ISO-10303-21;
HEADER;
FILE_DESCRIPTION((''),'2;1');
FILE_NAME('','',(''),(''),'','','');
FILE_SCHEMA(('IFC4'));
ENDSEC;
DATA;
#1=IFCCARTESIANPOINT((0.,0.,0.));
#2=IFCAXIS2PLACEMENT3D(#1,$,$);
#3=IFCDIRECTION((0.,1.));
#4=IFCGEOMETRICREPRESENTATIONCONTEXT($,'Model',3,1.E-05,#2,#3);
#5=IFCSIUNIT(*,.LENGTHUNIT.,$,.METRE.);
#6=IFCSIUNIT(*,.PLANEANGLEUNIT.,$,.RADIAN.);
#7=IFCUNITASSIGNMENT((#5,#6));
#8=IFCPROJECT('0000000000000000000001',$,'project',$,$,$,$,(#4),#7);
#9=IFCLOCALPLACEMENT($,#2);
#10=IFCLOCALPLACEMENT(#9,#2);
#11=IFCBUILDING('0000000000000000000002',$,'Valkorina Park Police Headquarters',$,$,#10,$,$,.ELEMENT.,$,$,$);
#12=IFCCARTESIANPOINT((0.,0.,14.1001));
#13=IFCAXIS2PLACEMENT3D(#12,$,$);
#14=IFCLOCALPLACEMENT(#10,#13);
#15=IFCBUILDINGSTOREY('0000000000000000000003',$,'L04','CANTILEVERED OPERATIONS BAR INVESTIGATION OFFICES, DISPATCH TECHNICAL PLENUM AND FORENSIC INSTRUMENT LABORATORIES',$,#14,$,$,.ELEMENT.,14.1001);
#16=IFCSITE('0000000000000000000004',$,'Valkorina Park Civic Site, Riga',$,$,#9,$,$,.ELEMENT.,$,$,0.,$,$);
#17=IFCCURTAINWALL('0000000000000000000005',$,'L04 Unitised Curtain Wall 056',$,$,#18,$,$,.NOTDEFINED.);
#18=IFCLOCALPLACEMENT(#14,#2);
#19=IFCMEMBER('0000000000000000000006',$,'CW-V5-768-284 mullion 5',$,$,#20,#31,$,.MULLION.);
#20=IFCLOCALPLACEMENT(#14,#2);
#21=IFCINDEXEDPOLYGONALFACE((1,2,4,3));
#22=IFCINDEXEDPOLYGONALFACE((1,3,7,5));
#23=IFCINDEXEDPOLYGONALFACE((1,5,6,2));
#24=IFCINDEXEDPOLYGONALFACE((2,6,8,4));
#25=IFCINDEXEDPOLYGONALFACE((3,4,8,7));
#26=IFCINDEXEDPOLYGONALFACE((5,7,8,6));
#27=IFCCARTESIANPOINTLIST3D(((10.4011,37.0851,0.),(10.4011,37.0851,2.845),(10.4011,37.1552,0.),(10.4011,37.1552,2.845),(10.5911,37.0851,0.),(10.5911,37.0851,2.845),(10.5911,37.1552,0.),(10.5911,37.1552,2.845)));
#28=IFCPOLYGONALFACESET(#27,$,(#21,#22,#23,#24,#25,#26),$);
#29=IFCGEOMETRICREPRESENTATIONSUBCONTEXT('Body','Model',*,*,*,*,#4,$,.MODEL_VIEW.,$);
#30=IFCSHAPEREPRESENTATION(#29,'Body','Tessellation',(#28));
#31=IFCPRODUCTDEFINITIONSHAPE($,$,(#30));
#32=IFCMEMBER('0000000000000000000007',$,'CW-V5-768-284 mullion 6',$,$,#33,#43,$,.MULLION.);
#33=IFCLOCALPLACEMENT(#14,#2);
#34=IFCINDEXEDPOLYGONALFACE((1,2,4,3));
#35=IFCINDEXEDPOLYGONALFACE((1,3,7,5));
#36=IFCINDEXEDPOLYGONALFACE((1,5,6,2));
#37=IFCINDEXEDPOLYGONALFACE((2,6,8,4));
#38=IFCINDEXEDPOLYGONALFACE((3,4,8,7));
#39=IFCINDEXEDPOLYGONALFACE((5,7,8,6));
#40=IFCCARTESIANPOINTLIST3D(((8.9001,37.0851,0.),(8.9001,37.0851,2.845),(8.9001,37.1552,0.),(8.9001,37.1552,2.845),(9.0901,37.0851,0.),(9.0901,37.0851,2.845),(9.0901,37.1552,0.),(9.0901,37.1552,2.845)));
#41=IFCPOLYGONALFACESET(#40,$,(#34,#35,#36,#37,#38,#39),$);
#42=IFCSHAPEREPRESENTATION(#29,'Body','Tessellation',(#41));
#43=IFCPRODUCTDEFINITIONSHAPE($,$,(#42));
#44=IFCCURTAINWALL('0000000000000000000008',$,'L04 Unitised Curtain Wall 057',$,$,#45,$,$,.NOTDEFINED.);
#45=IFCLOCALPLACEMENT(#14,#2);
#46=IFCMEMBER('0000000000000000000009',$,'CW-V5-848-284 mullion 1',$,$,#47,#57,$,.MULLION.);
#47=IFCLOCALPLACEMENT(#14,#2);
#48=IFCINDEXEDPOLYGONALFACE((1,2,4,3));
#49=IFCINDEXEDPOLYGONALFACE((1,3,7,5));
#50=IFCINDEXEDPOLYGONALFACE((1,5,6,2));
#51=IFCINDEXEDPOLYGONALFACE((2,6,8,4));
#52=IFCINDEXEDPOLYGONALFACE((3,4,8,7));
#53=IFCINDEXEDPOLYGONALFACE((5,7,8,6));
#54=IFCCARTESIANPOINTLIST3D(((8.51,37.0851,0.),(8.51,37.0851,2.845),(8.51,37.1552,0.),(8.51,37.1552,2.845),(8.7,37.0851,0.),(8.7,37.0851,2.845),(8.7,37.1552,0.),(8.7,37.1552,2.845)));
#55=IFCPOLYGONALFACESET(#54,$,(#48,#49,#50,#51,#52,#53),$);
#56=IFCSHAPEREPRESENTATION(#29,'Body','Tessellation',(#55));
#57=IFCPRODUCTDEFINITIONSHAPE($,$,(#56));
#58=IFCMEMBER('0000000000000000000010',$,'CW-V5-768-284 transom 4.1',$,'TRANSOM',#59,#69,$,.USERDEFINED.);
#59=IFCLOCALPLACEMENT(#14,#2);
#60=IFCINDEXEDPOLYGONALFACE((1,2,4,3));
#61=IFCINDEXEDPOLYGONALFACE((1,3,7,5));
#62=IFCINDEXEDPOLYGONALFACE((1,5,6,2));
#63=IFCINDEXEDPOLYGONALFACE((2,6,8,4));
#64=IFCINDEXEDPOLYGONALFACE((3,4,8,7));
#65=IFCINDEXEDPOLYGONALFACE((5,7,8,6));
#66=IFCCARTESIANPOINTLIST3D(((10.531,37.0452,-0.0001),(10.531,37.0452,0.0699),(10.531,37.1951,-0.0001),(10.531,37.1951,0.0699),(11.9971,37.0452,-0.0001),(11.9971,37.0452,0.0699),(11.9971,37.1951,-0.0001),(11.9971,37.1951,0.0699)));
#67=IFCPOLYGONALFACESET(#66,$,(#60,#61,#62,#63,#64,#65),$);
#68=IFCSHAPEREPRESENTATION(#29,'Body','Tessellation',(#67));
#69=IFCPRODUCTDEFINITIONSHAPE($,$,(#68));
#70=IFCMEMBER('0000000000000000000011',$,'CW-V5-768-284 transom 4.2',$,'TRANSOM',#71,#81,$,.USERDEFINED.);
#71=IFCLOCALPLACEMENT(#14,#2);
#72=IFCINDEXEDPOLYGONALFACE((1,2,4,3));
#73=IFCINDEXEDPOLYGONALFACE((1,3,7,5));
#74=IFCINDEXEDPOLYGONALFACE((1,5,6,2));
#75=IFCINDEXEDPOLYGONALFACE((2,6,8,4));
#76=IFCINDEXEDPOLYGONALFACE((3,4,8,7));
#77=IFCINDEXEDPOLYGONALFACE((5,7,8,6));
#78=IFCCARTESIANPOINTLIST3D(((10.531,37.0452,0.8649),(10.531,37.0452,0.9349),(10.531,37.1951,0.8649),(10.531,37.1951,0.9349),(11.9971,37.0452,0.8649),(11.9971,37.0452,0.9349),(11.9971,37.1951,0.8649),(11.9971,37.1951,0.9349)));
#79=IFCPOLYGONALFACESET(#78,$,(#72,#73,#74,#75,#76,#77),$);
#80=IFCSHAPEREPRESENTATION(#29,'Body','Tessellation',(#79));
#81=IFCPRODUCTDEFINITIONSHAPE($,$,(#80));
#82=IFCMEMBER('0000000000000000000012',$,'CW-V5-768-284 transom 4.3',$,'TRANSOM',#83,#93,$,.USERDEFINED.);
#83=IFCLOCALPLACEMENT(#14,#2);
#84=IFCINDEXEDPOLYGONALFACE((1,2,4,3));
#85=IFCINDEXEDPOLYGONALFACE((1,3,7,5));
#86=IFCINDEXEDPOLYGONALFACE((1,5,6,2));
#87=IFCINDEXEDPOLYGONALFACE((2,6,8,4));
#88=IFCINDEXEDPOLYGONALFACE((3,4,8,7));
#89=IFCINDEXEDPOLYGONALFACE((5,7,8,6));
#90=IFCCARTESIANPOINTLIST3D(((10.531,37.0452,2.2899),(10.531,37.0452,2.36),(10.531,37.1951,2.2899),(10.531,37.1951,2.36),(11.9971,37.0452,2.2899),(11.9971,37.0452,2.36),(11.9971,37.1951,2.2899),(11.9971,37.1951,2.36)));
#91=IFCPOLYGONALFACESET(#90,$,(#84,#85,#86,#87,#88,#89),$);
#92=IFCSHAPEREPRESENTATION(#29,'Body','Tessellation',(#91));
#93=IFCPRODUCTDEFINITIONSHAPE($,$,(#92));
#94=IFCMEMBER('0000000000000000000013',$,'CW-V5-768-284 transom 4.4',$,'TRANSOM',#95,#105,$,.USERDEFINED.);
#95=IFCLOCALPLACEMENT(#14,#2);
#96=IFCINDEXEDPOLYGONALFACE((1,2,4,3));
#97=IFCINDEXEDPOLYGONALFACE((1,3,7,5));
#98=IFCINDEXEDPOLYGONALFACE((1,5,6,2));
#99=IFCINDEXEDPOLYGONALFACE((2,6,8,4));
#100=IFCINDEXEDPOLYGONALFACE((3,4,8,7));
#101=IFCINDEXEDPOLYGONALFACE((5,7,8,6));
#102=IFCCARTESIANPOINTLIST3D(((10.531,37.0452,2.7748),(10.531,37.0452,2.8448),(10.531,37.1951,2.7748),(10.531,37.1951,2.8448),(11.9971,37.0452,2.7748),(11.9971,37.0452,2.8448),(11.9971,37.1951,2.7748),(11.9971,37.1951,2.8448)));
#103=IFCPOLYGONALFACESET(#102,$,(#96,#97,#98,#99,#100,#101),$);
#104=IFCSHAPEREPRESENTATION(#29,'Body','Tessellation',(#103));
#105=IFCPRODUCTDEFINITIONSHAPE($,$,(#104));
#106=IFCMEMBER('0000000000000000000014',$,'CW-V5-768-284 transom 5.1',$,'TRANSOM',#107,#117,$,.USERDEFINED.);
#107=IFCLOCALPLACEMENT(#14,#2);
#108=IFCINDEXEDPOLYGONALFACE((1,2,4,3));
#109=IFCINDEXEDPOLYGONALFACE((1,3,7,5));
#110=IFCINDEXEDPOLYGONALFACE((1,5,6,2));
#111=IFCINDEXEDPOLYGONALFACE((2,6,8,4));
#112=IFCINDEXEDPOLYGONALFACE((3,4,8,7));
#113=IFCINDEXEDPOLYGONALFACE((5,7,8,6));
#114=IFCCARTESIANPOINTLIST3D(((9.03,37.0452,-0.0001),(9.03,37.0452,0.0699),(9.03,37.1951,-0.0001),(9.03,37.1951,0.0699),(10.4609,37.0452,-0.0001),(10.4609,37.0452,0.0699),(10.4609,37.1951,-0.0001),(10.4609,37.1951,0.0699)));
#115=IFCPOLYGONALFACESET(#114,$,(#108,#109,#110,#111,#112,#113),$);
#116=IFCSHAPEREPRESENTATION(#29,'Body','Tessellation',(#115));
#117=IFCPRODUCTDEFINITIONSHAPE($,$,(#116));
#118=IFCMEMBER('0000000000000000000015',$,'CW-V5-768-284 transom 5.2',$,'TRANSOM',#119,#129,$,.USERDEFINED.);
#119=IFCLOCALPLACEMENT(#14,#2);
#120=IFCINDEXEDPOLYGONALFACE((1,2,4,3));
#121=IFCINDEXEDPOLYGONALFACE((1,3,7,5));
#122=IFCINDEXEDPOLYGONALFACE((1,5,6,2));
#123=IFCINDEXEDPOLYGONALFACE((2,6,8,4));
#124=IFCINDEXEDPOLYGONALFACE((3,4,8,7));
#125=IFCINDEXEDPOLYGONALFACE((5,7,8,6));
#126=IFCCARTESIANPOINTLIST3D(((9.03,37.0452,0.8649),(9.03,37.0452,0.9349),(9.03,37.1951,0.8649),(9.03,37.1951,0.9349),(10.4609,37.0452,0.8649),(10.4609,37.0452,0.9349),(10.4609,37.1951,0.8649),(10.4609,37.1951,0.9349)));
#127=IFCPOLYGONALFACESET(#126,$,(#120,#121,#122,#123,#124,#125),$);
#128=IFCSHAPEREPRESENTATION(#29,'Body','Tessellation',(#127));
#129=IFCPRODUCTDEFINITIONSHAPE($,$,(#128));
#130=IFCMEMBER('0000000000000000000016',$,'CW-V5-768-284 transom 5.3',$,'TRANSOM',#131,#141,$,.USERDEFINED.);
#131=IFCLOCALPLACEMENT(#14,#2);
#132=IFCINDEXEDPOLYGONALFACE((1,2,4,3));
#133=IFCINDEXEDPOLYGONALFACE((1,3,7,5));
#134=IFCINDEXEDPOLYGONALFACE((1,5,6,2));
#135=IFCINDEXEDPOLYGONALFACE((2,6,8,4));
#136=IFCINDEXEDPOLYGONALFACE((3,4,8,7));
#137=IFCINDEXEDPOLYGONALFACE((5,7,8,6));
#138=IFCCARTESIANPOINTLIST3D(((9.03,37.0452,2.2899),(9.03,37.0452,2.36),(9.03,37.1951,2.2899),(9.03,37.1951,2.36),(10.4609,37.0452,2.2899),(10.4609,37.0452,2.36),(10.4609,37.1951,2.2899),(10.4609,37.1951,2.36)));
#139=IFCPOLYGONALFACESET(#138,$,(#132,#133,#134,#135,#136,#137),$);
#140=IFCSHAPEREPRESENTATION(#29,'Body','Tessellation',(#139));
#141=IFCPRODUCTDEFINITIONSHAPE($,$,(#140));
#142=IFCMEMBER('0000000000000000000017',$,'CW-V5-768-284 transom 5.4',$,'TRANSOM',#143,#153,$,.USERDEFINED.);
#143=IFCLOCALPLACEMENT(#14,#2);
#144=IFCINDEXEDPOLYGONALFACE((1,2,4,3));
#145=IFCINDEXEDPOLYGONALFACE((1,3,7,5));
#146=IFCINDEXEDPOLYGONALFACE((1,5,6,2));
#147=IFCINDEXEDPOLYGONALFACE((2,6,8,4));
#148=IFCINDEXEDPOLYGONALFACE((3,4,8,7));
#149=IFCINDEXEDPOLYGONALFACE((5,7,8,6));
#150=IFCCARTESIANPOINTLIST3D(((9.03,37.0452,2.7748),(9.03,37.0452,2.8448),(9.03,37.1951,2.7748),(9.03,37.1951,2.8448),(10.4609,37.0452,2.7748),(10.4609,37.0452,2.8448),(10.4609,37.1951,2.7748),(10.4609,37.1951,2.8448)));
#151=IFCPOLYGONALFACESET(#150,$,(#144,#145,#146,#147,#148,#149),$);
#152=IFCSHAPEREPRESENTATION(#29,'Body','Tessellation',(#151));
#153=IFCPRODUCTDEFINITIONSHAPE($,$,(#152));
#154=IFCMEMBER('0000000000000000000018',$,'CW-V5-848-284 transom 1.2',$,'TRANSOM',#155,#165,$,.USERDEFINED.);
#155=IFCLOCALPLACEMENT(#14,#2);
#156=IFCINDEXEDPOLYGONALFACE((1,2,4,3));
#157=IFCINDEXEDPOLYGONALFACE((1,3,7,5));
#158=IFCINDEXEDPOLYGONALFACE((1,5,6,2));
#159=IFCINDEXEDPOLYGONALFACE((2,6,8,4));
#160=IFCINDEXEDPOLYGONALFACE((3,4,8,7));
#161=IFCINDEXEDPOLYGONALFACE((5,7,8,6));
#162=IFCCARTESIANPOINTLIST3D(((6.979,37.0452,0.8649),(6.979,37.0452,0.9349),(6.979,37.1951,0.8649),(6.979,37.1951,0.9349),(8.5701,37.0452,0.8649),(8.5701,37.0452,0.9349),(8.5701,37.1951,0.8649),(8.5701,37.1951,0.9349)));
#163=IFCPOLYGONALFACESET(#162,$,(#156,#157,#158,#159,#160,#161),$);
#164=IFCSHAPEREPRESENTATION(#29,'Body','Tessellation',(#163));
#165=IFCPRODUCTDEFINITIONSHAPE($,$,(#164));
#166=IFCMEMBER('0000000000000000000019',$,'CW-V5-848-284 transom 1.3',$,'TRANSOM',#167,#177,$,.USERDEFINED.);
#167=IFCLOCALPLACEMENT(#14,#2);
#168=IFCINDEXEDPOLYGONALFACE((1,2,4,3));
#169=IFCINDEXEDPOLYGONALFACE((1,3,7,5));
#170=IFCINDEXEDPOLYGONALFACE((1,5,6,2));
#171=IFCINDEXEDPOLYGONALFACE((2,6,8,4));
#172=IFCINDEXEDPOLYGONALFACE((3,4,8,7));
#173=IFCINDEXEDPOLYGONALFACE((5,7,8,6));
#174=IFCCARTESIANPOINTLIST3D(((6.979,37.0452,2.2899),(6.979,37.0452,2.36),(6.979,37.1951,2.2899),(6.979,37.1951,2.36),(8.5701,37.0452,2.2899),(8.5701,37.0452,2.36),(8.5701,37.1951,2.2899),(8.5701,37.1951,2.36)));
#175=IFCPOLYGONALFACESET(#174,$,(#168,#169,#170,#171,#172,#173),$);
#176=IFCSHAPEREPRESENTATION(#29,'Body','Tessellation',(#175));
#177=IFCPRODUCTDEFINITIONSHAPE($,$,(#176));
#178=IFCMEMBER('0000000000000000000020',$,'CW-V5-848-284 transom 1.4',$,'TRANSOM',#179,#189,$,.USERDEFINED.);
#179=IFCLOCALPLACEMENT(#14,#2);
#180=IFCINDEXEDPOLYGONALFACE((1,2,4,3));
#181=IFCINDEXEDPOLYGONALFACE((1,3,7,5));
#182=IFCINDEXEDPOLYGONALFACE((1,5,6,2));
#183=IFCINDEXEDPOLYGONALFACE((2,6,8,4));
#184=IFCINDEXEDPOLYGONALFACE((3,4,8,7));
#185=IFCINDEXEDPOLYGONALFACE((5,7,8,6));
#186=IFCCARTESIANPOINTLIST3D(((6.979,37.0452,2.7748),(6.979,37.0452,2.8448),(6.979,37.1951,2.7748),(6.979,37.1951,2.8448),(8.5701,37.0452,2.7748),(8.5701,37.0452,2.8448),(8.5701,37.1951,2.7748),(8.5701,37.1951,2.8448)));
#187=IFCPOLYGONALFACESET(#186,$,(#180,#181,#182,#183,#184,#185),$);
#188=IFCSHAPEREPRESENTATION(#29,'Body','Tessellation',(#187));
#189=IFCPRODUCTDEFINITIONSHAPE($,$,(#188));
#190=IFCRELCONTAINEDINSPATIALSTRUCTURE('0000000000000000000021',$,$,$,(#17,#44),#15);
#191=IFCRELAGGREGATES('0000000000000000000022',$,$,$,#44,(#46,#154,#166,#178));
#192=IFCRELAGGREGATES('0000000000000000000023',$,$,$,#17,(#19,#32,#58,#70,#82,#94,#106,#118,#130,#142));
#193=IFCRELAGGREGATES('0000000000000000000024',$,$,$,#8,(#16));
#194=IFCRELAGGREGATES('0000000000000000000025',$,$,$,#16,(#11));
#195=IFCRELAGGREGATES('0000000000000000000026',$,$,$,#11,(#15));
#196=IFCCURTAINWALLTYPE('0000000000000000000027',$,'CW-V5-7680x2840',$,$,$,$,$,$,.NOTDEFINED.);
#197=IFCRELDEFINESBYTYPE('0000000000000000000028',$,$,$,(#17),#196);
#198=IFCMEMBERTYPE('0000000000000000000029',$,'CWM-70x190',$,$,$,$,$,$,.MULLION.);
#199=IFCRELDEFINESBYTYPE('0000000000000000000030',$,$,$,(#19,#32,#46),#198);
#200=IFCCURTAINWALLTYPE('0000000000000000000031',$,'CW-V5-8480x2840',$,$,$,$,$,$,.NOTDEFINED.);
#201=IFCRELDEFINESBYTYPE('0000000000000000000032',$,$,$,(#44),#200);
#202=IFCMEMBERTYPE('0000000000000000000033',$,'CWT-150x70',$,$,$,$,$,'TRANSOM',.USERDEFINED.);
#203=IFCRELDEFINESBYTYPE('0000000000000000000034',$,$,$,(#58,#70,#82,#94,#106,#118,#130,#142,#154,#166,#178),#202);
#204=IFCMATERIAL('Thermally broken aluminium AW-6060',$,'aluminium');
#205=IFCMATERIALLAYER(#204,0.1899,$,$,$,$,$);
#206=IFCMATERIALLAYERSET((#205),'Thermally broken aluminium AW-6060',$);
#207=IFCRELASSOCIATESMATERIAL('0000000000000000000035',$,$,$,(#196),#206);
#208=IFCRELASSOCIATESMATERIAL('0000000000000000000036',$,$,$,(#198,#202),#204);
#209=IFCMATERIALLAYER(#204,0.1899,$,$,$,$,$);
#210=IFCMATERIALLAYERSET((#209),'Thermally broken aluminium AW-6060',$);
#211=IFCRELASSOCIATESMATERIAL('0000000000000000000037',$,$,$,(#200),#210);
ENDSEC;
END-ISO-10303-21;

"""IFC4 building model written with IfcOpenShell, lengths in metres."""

from ifc_helpers import new_model, si_unit, direction, frame, origin, origin_2d, place, context, subcontext, project, spatial, rectangle, extrude, material, layer, layer_set, material_profile, profile_set, type_object, element, aggregate, save


model = new_model("IFC4")

# Units and contexts
model_context = context("Model", 3, precision=1e-05, world=origin(), true_north=direction((0.0, 1.0)))
body_context = subcontext(model_context, "Body", "Model", "MODEL_VIEW")
ifc_project = project(units=[si_unit("LENGTHUNIT", "METRE"), si_unit("PLANEANGLEUNIT", "RADIAN")], contexts=[model_context])

# Site, building, storey
site_placement = place(None, origin())
site = spatial("IfcSite", under=ifc_project, at=site_placement, Name="Valkorina Park Civic Site, Riga", CompositionType="ELEMENT", RefElevation=0.0)
building_placement = place(site_placement, origin())
building = spatial("IfcBuilding", under=site, at=building_placement, Name="Valkorina Park Police Headquarters", CompositionType="ELEMENT")
storey_placement = place(building_placement, frame((0.0, 0.0, 14.1001)))
storey = spatial("IfcBuildingStorey", under=building, at=storey_placement, Name="L04", Description="CANTILEVERED OPERATIONS BAR INVESTIGATION OFFICES, DISPATCH TECHNICAL PLENUM AND FORENSIC INSTRUMENT LABORATORIES", CompositionType="ELEMENT", Elevation=14.1001)

# Curtain wall, members
ifc_material_1 = material(Name="Thermally broken aluminium AW-6060", Category="aluminium")
ifc_layer_1 = layer(ifc_material_1, 0.1899)
ifc_layer_set_1 = layer_set([ifc_layer_1], Name="Thermally broken aluminium AW-6060")
curtain_wall_type_1 = type_object("IfcCurtainWallType", Name="CW-V5-7680x2840", PredefinedType="NOTDEFINED", material=ifc_layer_set_1)
curtain_wall_1_placement = place(storey_placement, origin())
curtain_wall_1 = element("IfcCurtainWall", 1, at=curtain_wall_1_placement, inside=storey, type_object=curtain_wall_type_1, Name="L04 Unitised Curtain Wall 056", PredefinedType="NOTDEFINED")
ifc_material_profile_1 = material_profile(ifc_material_1, rectangle(XDim=0.0701, YDim=0.1899, at=origin_2d()), Name="CWM-02 70x190")
ifc_profile_set_1 = profile_set([ifc_material_profile_1], Name="Thermally broken aluminium AW-6060")
member_type_1 = type_object("IfcMemberType", Name="CWM-70x190", PredefinedType="MULLION", material=ifc_profile_set_1)
member_1_placement = place(storey_placement, frame((10.4961, 37.1201, 0.0), z_axis=(0.0, 0.0, 1.0), x_axis=(0.0, -1.0, 0.0)))
member_1 = element("IfcMember", 2, at=member_1_placement, type_object=member_type_1, Name="CW-V5-768-284 mullion 5", PredefinedType="MULLION", context=body_context, shape_type="SweptSolid", body=[
    extrude(rectangle(XDim=0.0701, YDim=0.1899, at=origin_2d()), origin(), (0.0, 0.0, 1.0), 2.845),
])
member_2_placement = place(storey_placement, frame((8.9951, 37.1201, 0.0), z_axis=(0.0, 0.0, 1.0), x_axis=(0.0, -1.0, 0.0)))
member_2 = element("IfcMember", 3, at=member_2_placement, type_object=member_type_1, Name="CW-V5-768-284 mullion 6", PredefinedType="MULLION", context=body_context, shape_type="SweptSolid", body=[
    extrude(rectangle(XDim=0.0701, YDim=0.1899, at=origin_2d()), origin(), (0.0, 0.0, 1.0), 2.845),
])

# Curtain wall, member
ifc_layer_2 = layer(ifc_material_1, 0.1899)
ifc_layer_set_2 = layer_set([ifc_layer_2], Name="Thermally broken aluminium AW-6060")
curtain_wall_type_2 = type_object("IfcCurtainWallType", Name="CW-V5-8480x2840", PredefinedType="NOTDEFINED", material=ifc_layer_set_2)
curtain_wall_2_placement = place(storey_placement, origin())
curtain_wall_2 = element("IfcCurtainWall", 4, at=curtain_wall_2_placement, inside=storey, type_object=curtain_wall_type_2, Name="L04 Unitised Curtain Wall 057", PredefinedType="NOTDEFINED")
member_3_placement = place(storey_placement, frame((8.605, 37.1201, 0.0), z_axis=(0.0, 0.0, 1.0), x_axis=(0.0, -1.0, 0.0)))
member_3 = element("IfcMember", 5, at=member_3_placement, type_object=member_type_1, Name="CW-V5-848-284 mullion 1", PredefinedType="MULLION", context=body_context, shape_type="SweptSolid", body=[
    extrude(rectangle(XDim=0.0701, YDim=0.1899, at=origin_2d()), origin(), (0.0, 0.0, 1.0), 2.845),
])

# Members
ifc_material_profile_2 = material_profile(ifc_material_1, rectangle(XDim=0.1499, YDim=0.0701, at=origin_2d()), Name="CWT-02 150x70")
ifc_profile_set_2 = profile_set([ifc_material_profile_2], Name="Thermally broken aluminium AW-6060")
member_type_2 = type_object("IfcMemberType", Name="CWT-150x70", ElementType="TRANSOM", PredefinedType="USERDEFINED", material=ifc_profile_set_2)
member_4_placement = place(storey_placement, frame((11.9971, 37.1201, 0.0349), z_axis=(-1.0, 0.0, 0.0), x_axis=(0.0, -1.0, 0.0)))
member_4 = element("IfcMember", 6, at=member_4_placement, type_object=member_type_2, Name="CW-V5-768-284 transom 4.1", ObjectType="TRANSOM", PredefinedType="USERDEFINED", context=body_context, shape_type="SweptSolid", body=[
    extrude(rectangle(XDim=0.1499, YDim=0.0701, at=origin_2d()), origin(), (0.0, 0.0, 1.0), 1.4661),
])
member_5_placement = place(storey_placement, frame((11.9971, 37.1201, 0.8999), z_axis=(-1.0, 0.0, 0.0), x_axis=(0.0, -1.0, 0.0)))
member_5 = element("IfcMember", 7, at=member_5_placement, type_object=member_type_2, Name="CW-V5-768-284 transom 4.2", ObjectType="TRANSOM", PredefinedType="USERDEFINED", context=body_context, shape_type="SweptSolid", body=[
    extrude(rectangle(XDim=0.1499, YDim=0.0701, at=origin_2d()), origin(), (0.0, 0.0, 1.0), 1.4661),
])
member_6_placement = place(storey_placement, frame((11.9971, 37.1201, 2.325), z_axis=(-1.0, 0.0, 0.0), x_axis=(0.0, -1.0, 0.0)))
member_6 = element("IfcMember", 8, at=member_6_placement, type_object=member_type_2, Name="CW-V5-768-284 transom 4.3", ObjectType="TRANSOM", PredefinedType="USERDEFINED", context=body_context, shape_type="SweptSolid", body=[
    extrude(rectangle(XDim=0.1499, YDim=0.0701, at=origin_2d()), origin(), (0.0, 0.0, 1.0), 1.4661),
])
member_7_placement = place(storey_placement, frame((11.9971, 37.1201, 2.8098), z_axis=(-1.0, 0.0, 0.0), x_axis=(0.0, -1.0, 0.0)))
member_7 = element("IfcMember", 9, at=member_7_placement, type_object=member_type_2, Name="CW-V5-768-284 transom 4.4", ObjectType="TRANSOM", PredefinedType="USERDEFINED", context=body_context, shape_type="SweptSolid", body=[
    extrude(rectangle(XDim=0.1499, YDim=0.0701, at=origin_2d()), origin(), (0.0, 0.0, 1.0), 1.4661),
])
member_8_placement = place(storey_placement, frame((10.4609, 37.1201, 0.0349), z_axis=(-1.0, 0.0, 0.0), x_axis=(0.0, -1.0, 0.0)))
member_8 = element("IfcMember", 10, at=member_8_placement, type_object=member_type_2, Name="CW-V5-768-284 transom 5.1", ObjectType="TRANSOM", PredefinedType="USERDEFINED", context=body_context, shape_type="SweptSolid", body=[
    extrude(rectangle(XDim=0.1499, YDim=0.0701, at=origin_2d()), origin(), (0.0, 0.0, 1.0), 1.4309),
])
member_9_placement = place(storey_placement, frame((10.4609, 37.1201, 0.8999), z_axis=(-1.0, 0.0, 0.0), x_axis=(0.0, -1.0, 0.0)))
member_9 = element("IfcMember", 11, at=member_9_placement, type_object=member_type_2, Name="CW-V5-768-284 transom 5.2", ObjectType="TRANSOM", PredefinedType="USERDEFINED", context=body_context, shape_type="SweptSolid", body=[
    extrude(rectangle(XDim=0.1499, YDim=0.0701, at=origin_2d()), origin(), (0.0, 0.0, 1.0), 1.4309),
])
member_10_placement = place(storey_placement, frame((10.4609, 37.1201, 2.325), z_axis=(-1.0, 0.0, 0.0), x_axis=(0.0, -1.0, 0.0)))
member_10 = element("IfcMember", 12, at=member_10_placement, type_object=member_type_2, Name="CW-V5-768-284 transom 5.3", ObjectType="TRANSOM", PredefinedType="USERDEFINED", context=body_context, shape_type="SweptSolid", body=[
    extrude(rectangle(XDim=0.1499, YDim=0.0701, at=origin_2d()), origin(), (0.0, 0.0, 1.0), 1.4309),
])
member_11_placement = place(storey_placement, frame((10.4609, 37.1201, 2.8098), z_axis=(-1.0, 0.0, 0.0), x_axis=(0.0, -1.0, 0.0)))
member_11 = element("IfcMember", 13, at=member_11_placement, type_object=member_type_2, Name="CW-V5-768-284 transom 5.4", ObjectType="TRANSOM", PredefinedType="USERDEFINED", context=body_context, shape_type="SweptSolid", body=[
    extrude(rectangle(XDim=0.1499, YDim=0.0701, at=origin_2d()), origin(), (0.0, 0.0, 1.0), 1.4309),
])
member_12_placement = place(storey_placement, frame((8.5701, 37.1201, 0.8999), z_axis=(-1.0, 0.0, 0.0), x_axis=(0.0, -1.0, 0.0)))
member_12 = element("IfcMember", 14, at=member_12_placement, type_object=member_type_2, Name="CW-V5-848-284 transom 1.2", ObjectType="TRANSOM", PredefinedType="USERDEFINED", context=body_context, shape_type="SweptSolid", body=[
    extrude(rectangle(XDim=0.1499, YDim=0.0701, at=origin_2d()), origin(), (0.0, 0.0, 1.0), 1.5911),
])
member_13_placement = place(storey_placement, frame((8.5701, 37.1201, 2.325), z_axis=(-1.0, 0.0, 0.0), x_axis=(0.0, -1.0, 0.0)))
member_13 = element("IfcMember", 15, at=member_13_placement, type_object=member_type_2, Name="CW-V5-848-284 transom 1.3", ObjectType="TRANSOM", PredefinedType="USERDEFINED", context=body_context, shape_type="SweptSolid", body=[
    extrude(rectangle(XDim=0.1499, YDim=0.0701, at=origin_2d()), origin(), (0.0, 0.0, 1.0), 1.5911),
])
member_14_placement = place(storey_placement, frame((8.5701, 37.1201, 2.8098), z_axis=(-1.0, 0.0, 0.0), x_axis=(0.0, -1.0, 0.0)))
member_14 = element("IfcMember", 16, at=member_14_placement, type_object=member_type_2, Name="CW-V5-848-284 transom 1.4", ObjectType="TRANSOM", PredefinedType="USERDEFINED", context=body_context, shape_type="SweptSolid", body=[
    extrude(rectangle(XDim=0.1499, YDim=0.0701, at=origin_2d()), origin(), (0.0, 0.0, 1.0), 1.5911),
])
aggregate(curtain_wall_2, [member_3, member_12, member_13, member_14])

aggregate(curtain_wall_1, [member_1, member_2, member_4, member_5, member_6, member_7, member_8, member_9, member_10, member_11])

save(model, "model.ifc")
